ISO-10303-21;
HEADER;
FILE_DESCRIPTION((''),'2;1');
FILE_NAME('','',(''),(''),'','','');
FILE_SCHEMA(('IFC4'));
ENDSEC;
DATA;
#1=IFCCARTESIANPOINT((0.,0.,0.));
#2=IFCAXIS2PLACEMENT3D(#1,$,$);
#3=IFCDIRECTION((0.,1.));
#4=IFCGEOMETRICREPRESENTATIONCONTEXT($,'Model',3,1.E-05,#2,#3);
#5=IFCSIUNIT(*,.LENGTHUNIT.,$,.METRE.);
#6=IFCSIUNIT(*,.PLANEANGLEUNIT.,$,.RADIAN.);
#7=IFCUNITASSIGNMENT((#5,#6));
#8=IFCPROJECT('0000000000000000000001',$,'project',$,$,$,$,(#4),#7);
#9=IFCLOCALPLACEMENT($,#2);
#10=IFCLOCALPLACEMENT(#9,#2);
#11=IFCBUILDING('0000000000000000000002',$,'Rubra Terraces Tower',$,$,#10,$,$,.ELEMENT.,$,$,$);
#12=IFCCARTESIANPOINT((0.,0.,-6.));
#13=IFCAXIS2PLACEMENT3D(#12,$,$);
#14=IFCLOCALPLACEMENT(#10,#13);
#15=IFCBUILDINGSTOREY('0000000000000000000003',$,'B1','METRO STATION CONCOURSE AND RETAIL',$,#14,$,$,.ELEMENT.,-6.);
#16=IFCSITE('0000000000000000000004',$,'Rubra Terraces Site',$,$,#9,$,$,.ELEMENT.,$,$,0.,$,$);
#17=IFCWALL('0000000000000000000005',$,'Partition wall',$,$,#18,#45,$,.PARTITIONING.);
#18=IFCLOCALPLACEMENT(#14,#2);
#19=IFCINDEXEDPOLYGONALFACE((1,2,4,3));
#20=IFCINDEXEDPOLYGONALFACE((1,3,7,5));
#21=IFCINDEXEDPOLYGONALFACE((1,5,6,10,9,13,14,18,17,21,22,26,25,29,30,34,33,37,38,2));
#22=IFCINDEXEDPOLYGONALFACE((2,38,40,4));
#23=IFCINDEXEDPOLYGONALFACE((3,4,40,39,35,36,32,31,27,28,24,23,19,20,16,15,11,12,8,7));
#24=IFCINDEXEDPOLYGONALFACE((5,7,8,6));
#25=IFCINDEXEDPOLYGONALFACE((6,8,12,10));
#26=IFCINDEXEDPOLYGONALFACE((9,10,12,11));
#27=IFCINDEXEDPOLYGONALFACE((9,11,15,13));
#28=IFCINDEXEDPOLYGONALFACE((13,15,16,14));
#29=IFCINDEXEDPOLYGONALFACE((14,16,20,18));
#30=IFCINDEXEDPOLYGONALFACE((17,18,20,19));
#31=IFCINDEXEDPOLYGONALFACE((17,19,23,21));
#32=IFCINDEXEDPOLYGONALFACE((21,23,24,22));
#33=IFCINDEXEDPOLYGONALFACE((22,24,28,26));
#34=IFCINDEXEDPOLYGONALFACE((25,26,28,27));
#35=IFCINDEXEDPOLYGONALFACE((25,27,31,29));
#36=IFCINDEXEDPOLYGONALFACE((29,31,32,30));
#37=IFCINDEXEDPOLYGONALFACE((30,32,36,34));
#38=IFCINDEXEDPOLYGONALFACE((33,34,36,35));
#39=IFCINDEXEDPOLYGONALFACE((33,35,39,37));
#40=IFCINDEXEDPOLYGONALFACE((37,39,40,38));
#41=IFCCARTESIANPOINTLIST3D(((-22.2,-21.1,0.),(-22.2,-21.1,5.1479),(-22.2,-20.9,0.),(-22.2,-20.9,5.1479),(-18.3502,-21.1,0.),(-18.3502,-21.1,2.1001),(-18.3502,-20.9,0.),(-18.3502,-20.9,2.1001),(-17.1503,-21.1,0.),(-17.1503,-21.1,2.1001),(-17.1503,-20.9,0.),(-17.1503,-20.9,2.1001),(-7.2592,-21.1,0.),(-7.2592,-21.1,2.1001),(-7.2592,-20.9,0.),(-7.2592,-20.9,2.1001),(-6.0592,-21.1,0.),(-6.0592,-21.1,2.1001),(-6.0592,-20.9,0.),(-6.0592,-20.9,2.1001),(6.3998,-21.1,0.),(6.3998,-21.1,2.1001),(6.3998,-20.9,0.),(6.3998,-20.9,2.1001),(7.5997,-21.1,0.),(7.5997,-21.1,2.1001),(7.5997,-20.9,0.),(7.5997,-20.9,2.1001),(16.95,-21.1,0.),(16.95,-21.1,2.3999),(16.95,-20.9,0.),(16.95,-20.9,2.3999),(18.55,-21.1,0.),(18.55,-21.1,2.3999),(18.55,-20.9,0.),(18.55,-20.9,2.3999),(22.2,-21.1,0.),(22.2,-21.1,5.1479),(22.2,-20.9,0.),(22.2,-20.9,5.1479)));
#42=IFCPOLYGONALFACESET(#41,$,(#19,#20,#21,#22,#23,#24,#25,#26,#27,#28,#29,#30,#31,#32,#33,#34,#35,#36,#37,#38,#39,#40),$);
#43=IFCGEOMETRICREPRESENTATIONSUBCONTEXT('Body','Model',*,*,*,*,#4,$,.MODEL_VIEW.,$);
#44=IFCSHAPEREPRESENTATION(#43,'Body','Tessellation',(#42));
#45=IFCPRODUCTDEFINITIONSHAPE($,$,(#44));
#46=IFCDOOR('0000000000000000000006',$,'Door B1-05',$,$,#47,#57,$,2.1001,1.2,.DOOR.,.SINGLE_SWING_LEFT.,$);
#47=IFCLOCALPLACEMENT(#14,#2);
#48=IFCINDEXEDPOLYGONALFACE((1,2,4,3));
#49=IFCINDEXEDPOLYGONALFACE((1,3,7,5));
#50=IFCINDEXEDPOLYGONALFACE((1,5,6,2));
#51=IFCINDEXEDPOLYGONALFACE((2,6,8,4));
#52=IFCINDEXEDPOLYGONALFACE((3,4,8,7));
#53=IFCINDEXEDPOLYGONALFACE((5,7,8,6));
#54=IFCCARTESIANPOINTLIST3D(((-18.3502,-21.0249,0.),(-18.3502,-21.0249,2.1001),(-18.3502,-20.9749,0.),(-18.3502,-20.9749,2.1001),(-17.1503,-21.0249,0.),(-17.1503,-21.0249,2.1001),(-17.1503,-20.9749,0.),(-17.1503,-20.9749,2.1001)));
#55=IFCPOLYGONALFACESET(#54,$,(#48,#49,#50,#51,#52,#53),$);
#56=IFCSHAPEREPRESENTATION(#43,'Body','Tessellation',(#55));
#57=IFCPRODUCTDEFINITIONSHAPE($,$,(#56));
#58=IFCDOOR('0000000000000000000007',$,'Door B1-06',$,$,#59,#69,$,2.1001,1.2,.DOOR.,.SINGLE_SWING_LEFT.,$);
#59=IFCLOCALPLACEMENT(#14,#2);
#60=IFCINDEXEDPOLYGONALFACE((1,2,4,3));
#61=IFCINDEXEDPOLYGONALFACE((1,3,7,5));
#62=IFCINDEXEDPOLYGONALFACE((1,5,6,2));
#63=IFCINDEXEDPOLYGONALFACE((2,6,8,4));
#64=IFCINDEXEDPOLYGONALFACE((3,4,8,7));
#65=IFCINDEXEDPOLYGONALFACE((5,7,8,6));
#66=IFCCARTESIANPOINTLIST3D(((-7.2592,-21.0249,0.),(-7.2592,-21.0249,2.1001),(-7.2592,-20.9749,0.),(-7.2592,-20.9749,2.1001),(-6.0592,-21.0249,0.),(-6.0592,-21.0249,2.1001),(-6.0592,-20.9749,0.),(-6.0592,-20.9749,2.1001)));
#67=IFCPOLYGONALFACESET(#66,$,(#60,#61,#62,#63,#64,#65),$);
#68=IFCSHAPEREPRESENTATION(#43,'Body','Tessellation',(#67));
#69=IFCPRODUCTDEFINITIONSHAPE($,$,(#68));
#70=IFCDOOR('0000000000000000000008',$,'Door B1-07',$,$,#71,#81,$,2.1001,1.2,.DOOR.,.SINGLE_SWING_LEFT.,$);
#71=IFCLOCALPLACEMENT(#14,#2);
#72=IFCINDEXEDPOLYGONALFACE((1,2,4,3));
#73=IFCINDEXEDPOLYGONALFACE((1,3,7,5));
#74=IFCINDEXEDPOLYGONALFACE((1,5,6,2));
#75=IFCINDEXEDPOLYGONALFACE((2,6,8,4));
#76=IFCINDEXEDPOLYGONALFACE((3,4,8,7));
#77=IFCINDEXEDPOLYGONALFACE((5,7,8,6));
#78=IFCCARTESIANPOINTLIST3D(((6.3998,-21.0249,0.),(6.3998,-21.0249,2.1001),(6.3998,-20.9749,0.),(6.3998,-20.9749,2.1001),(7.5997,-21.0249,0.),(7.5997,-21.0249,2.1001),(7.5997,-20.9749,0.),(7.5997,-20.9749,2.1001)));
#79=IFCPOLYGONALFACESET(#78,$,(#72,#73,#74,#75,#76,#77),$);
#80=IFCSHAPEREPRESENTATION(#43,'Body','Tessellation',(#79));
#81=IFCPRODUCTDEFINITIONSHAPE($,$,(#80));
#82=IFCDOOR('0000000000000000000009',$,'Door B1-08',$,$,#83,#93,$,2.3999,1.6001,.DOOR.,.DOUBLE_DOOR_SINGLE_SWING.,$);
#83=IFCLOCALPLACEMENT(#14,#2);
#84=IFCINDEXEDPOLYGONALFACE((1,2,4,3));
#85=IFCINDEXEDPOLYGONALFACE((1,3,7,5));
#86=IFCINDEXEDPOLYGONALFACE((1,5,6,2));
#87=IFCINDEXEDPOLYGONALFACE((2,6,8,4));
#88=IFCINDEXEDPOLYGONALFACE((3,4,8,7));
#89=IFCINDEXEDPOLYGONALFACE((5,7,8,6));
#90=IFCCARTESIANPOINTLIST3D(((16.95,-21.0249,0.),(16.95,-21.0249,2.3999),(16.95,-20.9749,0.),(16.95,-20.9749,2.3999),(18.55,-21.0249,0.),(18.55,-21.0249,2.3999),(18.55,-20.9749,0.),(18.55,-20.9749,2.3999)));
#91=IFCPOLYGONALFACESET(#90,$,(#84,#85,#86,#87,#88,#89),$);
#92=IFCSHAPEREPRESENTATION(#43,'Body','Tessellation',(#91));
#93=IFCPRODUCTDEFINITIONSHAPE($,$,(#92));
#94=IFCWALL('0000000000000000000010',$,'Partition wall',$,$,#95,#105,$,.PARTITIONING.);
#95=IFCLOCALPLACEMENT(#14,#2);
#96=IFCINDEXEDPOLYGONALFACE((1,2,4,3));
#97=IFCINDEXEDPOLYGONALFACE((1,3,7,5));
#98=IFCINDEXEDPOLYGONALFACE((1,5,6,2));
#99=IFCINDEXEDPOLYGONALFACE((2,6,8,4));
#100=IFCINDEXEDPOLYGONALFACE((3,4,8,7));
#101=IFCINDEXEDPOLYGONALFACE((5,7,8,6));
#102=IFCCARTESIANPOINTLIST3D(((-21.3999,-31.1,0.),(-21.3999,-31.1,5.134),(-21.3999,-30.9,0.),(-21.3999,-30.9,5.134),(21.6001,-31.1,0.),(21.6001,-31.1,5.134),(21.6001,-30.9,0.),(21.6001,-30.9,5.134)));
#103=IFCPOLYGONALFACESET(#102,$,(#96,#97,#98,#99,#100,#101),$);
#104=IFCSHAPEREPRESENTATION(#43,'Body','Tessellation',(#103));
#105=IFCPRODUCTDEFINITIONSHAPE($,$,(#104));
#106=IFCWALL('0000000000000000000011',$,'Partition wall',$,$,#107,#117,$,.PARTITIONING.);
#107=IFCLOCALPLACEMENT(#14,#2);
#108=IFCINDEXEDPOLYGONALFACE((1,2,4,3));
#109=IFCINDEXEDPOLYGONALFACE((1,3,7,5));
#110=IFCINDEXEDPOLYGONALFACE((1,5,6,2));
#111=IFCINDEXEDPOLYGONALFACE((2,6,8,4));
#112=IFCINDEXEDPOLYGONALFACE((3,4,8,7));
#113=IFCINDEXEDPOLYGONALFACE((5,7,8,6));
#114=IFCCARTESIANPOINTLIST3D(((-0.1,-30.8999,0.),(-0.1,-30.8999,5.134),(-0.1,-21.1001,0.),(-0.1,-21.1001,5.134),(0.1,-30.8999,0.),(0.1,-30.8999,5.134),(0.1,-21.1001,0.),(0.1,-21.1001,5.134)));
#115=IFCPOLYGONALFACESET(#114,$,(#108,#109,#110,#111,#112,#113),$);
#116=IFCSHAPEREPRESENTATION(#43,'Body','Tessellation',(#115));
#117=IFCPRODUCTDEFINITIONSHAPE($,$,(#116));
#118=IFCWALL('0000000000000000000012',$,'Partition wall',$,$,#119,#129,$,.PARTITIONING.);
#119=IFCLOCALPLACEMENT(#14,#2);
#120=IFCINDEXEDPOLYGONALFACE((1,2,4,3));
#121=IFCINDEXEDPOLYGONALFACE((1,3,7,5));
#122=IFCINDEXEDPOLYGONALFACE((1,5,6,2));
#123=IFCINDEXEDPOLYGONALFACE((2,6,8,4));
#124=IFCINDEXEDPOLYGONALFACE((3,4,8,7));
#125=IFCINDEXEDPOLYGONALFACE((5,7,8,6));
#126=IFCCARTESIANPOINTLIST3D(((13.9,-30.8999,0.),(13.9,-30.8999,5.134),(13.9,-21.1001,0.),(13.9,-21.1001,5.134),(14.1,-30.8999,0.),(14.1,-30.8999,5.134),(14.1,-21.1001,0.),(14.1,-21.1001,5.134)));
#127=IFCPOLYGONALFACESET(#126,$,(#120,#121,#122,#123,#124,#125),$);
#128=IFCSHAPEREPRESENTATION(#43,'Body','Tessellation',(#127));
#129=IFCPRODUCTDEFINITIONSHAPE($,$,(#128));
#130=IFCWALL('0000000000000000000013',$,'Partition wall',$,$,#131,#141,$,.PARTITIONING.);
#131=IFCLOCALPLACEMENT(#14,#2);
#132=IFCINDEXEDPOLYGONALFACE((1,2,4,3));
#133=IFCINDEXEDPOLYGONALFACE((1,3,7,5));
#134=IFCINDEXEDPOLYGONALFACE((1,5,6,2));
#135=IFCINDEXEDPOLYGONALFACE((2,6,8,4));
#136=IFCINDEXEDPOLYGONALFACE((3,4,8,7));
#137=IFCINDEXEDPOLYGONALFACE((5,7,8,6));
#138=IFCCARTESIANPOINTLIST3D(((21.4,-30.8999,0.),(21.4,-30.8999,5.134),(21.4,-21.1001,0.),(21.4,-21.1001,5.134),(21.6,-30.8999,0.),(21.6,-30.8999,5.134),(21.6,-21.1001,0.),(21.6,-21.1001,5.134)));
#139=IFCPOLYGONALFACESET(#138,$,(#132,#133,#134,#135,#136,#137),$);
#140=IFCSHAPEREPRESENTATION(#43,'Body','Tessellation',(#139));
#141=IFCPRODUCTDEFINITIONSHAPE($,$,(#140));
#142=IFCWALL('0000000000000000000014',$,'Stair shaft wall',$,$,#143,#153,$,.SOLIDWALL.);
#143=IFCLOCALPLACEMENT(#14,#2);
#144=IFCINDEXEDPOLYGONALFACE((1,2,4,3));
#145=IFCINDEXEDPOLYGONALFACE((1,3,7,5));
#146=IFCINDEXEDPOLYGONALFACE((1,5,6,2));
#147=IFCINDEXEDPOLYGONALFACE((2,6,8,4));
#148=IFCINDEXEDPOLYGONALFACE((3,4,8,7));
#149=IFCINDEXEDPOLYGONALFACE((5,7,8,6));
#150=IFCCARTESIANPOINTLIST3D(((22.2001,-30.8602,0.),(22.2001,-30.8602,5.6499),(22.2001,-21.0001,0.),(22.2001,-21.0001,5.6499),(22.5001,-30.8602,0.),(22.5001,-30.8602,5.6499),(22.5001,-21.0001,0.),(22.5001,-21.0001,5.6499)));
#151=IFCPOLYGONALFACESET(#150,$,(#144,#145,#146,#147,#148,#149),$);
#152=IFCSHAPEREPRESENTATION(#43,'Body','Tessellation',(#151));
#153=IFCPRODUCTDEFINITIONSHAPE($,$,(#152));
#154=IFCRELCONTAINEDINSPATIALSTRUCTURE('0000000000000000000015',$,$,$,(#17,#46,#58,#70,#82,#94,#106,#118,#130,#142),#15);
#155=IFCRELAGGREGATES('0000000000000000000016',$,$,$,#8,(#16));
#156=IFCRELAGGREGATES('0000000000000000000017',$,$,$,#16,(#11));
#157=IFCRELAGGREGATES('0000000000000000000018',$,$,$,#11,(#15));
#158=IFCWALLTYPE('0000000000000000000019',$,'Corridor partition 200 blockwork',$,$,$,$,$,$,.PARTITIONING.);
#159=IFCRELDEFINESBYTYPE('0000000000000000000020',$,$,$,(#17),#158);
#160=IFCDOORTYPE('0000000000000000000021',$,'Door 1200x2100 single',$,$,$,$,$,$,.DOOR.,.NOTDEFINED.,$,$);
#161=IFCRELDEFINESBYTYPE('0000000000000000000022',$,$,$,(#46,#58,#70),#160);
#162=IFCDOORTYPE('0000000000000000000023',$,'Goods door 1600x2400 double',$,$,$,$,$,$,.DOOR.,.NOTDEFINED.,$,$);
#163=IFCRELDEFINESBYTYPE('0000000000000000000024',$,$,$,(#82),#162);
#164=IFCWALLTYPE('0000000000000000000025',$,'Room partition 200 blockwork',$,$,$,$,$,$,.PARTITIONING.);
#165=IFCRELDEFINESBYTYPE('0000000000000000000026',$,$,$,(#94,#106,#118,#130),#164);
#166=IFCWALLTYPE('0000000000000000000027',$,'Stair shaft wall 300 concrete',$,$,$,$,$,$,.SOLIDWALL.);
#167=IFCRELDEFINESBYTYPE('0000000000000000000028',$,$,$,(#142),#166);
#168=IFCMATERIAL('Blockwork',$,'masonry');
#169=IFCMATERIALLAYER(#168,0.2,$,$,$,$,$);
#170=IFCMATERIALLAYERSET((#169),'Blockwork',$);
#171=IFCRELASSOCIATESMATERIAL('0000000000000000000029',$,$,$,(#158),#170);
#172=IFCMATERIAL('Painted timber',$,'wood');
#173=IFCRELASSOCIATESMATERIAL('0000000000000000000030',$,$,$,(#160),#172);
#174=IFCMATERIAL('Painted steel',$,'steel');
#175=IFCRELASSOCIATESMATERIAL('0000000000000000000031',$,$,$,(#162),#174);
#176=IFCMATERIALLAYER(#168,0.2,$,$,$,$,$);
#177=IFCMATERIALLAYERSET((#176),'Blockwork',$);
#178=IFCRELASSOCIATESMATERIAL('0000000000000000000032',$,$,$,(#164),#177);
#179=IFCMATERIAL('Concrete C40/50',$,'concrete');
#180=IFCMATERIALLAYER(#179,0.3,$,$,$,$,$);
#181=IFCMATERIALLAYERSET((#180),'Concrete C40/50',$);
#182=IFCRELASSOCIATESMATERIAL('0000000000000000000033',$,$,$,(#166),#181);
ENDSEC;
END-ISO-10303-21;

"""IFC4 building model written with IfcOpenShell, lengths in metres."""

from ifc_helpers import new_model, si_unit, direction, frame, frame_2d, origin, place, context, subcontext, project, spatial, rectangle, extrude, material, layer, layer_set, type_object, element, fill, save


model = new_model("IFC4")

# Units and contexts
model_context = context("Model", 3, precision=1e-05, world=origin(), true_north=direction((0.0, 1.0)))
body_context = subcontext(model_context, "Body", "Model", "MODEL_VIEW")
ifc_project = project(units=[si_unit("LENGTHUNIT", "METRE"), si_unit("PLANEANGLEUNIT", "RADIAN")], contexts=[model_context])

# Site, building, storey
site_placement = place(None, origin())
site = spatial("IfcSite", under=ifc_project, at=site_placement, Name="Rubra Terraces Site", CompositionType="ELEMENT", RefElevation=0.0)
building_placement = place(site_placement, origin())
building = spatial("IfcBuilding", under=site, at=building_placement, Name="Rubra Terraces Tower", CompositionType="ELEMENT")
storey_placement = place(building_placement, frame((0.0, 0.0, -6.0)))
storey = spatial("IfcBuildingStorey", under=building, at=storey_placement, Name="B1", Description="METRO STATION CONCOURSE AND RETAIL", CompositionType="ELEMENT", Elevation=-6.0)

# Wall, openings, doors
ifc_material_1 = material(Name="Blockwork", Category="masonry")
ifc_layer_1 = layer(ifc_material_1, 0.2)
ifc_layer_set_1 = layer_set([ifc_layer_1], Name="Blockwork")
wall_type_1 = type_object("IfcWallType", Name="Corridor partition 200 blockwork", PredefinedType="PARTITIONING", material=ifc_layer_set_1)
wall_1_placement = place(storey_placement, frame((22.2, -21.0, 0.0), z_axis=(0.0, 0.0, 1.0), x_axis=(-1.0, 0.0, 0.0)))
wall_1 = element("IfcWall", 1, at=wall_1_placement, inside=storey, type_object=wall_type_1, Name="Partition wall", PredefinedType="PARTITIONING", context=body_context, shape_type="SweptSolid", body=[
    extrude(rectangle(XDim=44.3999, YDim=0.2, at=frame_2d((22.2, 0.0))), origin(), (0.0, 0.0, 1.0), 5.1479),
])
opening_1_placement = place(wall_1_placement, frame((39.3501, 0.0, 0.0)))
opening_1 = element("IfcOpeningElement", 2, at=opening_1_placement, cuts=wall_1, PredefinedType="OPENING", context=body_context, shape_type="SweptSolid", body=[
    extrude(rectangle(XDim=1.2, YDim=2.1001, at=frame_2d((0.6001, 1.05))), frame((0.0, 0.1099, 0.0), z_axis=(0.0, -1.0, 0.0), x_axis=(1.0, 0.0, 0.0)), (0.0, 0.0, 1.0), 0.22),
])
opening_2_placement = place(wall_1_placement, frame((28.259, 0.0, 0.0)))
opening_2 = element("IfcOpeningElement", 3, at=opening_2_placement, cuts=wall_1, PredefinedType="OPENING", context=body_context, shape_type="SweptSolid", body=[
    extrude(rectangle(XDim=1.2, YDim=2.1001, at=frame_2d((0.6001, 1.05))), frame((0.0, 0.1099, 0.0), z_axis=(0.0, -1.0, 0.0), x_axis=(1.0, 0.0, 0.0)), (0.0, 0.0, 1.0), 0.22),
])
opening_3_placement = place(wall_1_placement, frame((14.6001, 0.0, 0.0)))
opening_3 = element("IfcOpeningElement", 4, at=opening_3_placement, cuts=wall_1, PredefinedType="OPENING", context=body_context, shape_type="SweptSolid", body=[
    extrude(rectangle(XDim=1.2, YDim=2.1001, at=frame_2d((0.6001, 1.05))), frame((0.0, 0.1099, 0.0), z_axis=(0.0, -1.0, 0.0), x_axis=(1.0, 0.0, 0.0)), (0.0, 0.0, 1.0), 0.22),
])
opening_4_placement = place(wall_1_placement, frame((3.6499, 0.0, 0.0)))
opening_4 = element("IfcOpeningElement", 5, at=opening_4_placement, cuts=wall_1, PredefinedType="OPENING", context=body_context, shape_type="SweptSolid", body=[
    extrude(rectangle(XDim=1.6001, YDim=2.3999, at=frame_2d((0.8, 1.2))), frame((0.0, 0.1099, 0.0), z_axis=(0.0, -1.0, 0.0), x_axis=(1.0, 0.0, 0.0)), (0.0, 0.0, 1.0), 0.22),
])
ifc_material_2 = material(Name="Painted timber", Category="wood")
door_type_1 = type_object("IfcDoorType", Name="Door 1200x2100 single", OperationType="NOTDEFINED", PredefinedType="DOOR", material=ifc_material_2)
door_1_placement = place(opening_1_placement, origin())
door_1 = element("IfcDoor", 6, at=door_1_placement, inside=storey, type_object=door_type_1, Name="Door B1-05", OperationType="SINGLE_SWING_LEFT", OverallHeight=2.1001, OverallWidth=1.2, PredefinedType="DOOR", context=body_context, shape_type="SweptSolid", body=[
    extrude(rectangle(XDim=1.2, YDim=2.1001, at=frame_2d((0.6001, 1.05))), frame((0.0, 0.0249, 0.0), z_axis=(0.0, -1.0, 0.0), x_axis=(1.0, 0.0, 0.0)), (0.0, 0.0, 1.0), 0.05),
])
fill(opening_1, door_1)
door_2_placement = place(opening_2_placement, origin())
door_2 = element("IfcDoor", 7, at=door_2_placement, inside=storey, type_object=door_type_1, Name="Door B1-06", OperationType="SINGLE_SWING_LEFT", OverallHeight=2.1001, OverallWidth=1.2, PredefinedType="DOOR", context=body_context, shape_type="SweptSolid", body=[
    extrude(rectangle(XDim=1.2, YDim=2.1001, at=frame_2d((0.6001, 1.05))), frame((0.0, 0.0249, 0.0), z_axis=(0.0, -1.0, 0.0), x_axis=(1.0, 0.0, 0.0)), (0.0, 0.0, 1.0), 0.05),
])
fill(opening_2, door_2)
door_3_placement = place(opening_3_placement, origin())
door_3 = element("IfcDoor", 8, at=door_3_placement, inside=storey, type_object=door_type_1, Name="Door B1-07", OperationType="SINGLE_SWING_LEFT", OverallHeight=2.1001, OverallWidth=1.2, PredefinedType="DOOR", context=body_context, shape_type="SweptSolid", body=[
    extrude(rectangle(XDim=1.2, YDim=2.1001, at=frame_2d((0.6001, 1.05))), frame((0.0, 0.0249, 0.0), z_axis=(0.0, -1.0, 0.0), x_axis=(1.0, 0.0, 0.0)), (0.0, 0.0, 1.0), 0.05),
])
fill(opening_3, door_3)
ifc_material_3 = material(Name="Painted steel", Category="steel")
door_type_2 = type_object("IfcDoorType", Name="Goods door 1600x2400 double", OperationType="NOTDEFINED", PredefinedType="DOOR", material=ifc_material_3)
door_4_placement = place(opening_4_placement, origin())
door_4 = element("IfcDoor", 9, at=door_4_placement, inside=storey, type_object=door_type_2, Name="Door B1-08", OperationType="DOUBLE_DOOR_SINGLE_SWING", OverallHeight=2.3999, OverallWidth=1.6001, PredefinedType="DOOR", context=body_context, shape_type="SweptSolid", body=[
    extrude(rectangle(XDim=1.6001, YDim=2.3999, at=frame_2d((0.8, 1.2))), frame((0.0, 0.0249, 0.0), z_axis=(0.0, -1.0, 0.0), x_axis=(1.0, 0.0, 0.0)), (0.0, 0.0, 1.0), 0.05),
])
fill(opening_4, door_4)

# Walls
ifc_layer_2 = layer(ifc_material_1, 0.2)
ifc_layer_set_2 = layer_set([ifc_layer_2], Name="Blockwork")
wall_type_2 = type_object("IfcWallType", Name="Room partition 200 blockwork", PredefinedType="PARTITIONING", material=ifc_layer_set_2)
wall_2_placement = place(storey_placement, frame((21.6001, -31.0, 0.0), z_axis=(0.0, 0.0, 1.0), x_axis=(-1.0, 0.0, 0.0)))
element("IfcWall", 10, at=wall_2_placement, inside=storey, type_object=wall_type_2, Name="Partition wall", PredefinedType="PARTITIONING", context=body_context, shape_type="SweptSolid", body=[
    extrude(rectangle(XDim=43.0, YDim=0.2, at=frame_2d((21.5, 0.0))), origin(), (0.0, 0.0, 1.0), 5.134),
])
for number, where, z_axis, x_axis, name in (
    (11, (0.0, -21.1001, 0.0), (0.0, 0.0, 1.0), (0.0, -1.0, 0.0), "Partition wall"),
    (12, (14.0, -21.1001, 0.0), (0.0, 0.0, 1.0), (0.0, -1.0, 0.0), "Partition wall"),
    (13, (21.5, -21.1001, 0.0), (0.0, 0.0, 1.0), (0.0, -1.0, 0.0), "Partition wall"),
):
    element("IfcWall", number, at=place(storey_placement, frame(where, z_axis=z_axis, x_axis=x_axis)), inside=storey, type_object=wall_type_2, Name=name, PredefinedType="PARTITIONING", context=body_context, shape_type="SweptSolid", body=[
        extrude(rectangle(XDim=9.7998, YDim=0.2, at=frame_2d((4.8999, 0.0))), origin(), (0.0, 0.0, 1.0), 5.134),
    ])
ifc_material_4 = material(Name="Concrete C40/50", Category="concrete")
ifc_layer_3 = layer(ifc_material_4, 0.3)
ifc_layer_set_3 = layer_set([ifc_layer_3], Name="Concrete C40/50")
wall_type_3 = type_object("IfcWallType", Name="Stair shaft wall 300 concrete", PredefinedType="SOLIDWALL", material=ifc_layer_set_3)
wall_3_placement = place(storey_placement, frame((22.3501, -21.0, 0.0), z_axis=(0.0, 0.0, 1.0), x_axis=(0.0, -1.0, 0.0)))
element("IfcWall", 14, at=wall_3_placement, inside=storey, type_object=wall_type_3, Name="Stair shaft wall", PredefinedType="SOLIDWALL", context=body_context, shape_type="SweptSolid", body=[
    extrude(rectangle(XDim=9.8601, YDim=0.3, at=frame_2d((4.9302, 0.0))), origin(), (0.0, 0.0, 1.0), 5.6499),
])

save(model, "model.ifc")
